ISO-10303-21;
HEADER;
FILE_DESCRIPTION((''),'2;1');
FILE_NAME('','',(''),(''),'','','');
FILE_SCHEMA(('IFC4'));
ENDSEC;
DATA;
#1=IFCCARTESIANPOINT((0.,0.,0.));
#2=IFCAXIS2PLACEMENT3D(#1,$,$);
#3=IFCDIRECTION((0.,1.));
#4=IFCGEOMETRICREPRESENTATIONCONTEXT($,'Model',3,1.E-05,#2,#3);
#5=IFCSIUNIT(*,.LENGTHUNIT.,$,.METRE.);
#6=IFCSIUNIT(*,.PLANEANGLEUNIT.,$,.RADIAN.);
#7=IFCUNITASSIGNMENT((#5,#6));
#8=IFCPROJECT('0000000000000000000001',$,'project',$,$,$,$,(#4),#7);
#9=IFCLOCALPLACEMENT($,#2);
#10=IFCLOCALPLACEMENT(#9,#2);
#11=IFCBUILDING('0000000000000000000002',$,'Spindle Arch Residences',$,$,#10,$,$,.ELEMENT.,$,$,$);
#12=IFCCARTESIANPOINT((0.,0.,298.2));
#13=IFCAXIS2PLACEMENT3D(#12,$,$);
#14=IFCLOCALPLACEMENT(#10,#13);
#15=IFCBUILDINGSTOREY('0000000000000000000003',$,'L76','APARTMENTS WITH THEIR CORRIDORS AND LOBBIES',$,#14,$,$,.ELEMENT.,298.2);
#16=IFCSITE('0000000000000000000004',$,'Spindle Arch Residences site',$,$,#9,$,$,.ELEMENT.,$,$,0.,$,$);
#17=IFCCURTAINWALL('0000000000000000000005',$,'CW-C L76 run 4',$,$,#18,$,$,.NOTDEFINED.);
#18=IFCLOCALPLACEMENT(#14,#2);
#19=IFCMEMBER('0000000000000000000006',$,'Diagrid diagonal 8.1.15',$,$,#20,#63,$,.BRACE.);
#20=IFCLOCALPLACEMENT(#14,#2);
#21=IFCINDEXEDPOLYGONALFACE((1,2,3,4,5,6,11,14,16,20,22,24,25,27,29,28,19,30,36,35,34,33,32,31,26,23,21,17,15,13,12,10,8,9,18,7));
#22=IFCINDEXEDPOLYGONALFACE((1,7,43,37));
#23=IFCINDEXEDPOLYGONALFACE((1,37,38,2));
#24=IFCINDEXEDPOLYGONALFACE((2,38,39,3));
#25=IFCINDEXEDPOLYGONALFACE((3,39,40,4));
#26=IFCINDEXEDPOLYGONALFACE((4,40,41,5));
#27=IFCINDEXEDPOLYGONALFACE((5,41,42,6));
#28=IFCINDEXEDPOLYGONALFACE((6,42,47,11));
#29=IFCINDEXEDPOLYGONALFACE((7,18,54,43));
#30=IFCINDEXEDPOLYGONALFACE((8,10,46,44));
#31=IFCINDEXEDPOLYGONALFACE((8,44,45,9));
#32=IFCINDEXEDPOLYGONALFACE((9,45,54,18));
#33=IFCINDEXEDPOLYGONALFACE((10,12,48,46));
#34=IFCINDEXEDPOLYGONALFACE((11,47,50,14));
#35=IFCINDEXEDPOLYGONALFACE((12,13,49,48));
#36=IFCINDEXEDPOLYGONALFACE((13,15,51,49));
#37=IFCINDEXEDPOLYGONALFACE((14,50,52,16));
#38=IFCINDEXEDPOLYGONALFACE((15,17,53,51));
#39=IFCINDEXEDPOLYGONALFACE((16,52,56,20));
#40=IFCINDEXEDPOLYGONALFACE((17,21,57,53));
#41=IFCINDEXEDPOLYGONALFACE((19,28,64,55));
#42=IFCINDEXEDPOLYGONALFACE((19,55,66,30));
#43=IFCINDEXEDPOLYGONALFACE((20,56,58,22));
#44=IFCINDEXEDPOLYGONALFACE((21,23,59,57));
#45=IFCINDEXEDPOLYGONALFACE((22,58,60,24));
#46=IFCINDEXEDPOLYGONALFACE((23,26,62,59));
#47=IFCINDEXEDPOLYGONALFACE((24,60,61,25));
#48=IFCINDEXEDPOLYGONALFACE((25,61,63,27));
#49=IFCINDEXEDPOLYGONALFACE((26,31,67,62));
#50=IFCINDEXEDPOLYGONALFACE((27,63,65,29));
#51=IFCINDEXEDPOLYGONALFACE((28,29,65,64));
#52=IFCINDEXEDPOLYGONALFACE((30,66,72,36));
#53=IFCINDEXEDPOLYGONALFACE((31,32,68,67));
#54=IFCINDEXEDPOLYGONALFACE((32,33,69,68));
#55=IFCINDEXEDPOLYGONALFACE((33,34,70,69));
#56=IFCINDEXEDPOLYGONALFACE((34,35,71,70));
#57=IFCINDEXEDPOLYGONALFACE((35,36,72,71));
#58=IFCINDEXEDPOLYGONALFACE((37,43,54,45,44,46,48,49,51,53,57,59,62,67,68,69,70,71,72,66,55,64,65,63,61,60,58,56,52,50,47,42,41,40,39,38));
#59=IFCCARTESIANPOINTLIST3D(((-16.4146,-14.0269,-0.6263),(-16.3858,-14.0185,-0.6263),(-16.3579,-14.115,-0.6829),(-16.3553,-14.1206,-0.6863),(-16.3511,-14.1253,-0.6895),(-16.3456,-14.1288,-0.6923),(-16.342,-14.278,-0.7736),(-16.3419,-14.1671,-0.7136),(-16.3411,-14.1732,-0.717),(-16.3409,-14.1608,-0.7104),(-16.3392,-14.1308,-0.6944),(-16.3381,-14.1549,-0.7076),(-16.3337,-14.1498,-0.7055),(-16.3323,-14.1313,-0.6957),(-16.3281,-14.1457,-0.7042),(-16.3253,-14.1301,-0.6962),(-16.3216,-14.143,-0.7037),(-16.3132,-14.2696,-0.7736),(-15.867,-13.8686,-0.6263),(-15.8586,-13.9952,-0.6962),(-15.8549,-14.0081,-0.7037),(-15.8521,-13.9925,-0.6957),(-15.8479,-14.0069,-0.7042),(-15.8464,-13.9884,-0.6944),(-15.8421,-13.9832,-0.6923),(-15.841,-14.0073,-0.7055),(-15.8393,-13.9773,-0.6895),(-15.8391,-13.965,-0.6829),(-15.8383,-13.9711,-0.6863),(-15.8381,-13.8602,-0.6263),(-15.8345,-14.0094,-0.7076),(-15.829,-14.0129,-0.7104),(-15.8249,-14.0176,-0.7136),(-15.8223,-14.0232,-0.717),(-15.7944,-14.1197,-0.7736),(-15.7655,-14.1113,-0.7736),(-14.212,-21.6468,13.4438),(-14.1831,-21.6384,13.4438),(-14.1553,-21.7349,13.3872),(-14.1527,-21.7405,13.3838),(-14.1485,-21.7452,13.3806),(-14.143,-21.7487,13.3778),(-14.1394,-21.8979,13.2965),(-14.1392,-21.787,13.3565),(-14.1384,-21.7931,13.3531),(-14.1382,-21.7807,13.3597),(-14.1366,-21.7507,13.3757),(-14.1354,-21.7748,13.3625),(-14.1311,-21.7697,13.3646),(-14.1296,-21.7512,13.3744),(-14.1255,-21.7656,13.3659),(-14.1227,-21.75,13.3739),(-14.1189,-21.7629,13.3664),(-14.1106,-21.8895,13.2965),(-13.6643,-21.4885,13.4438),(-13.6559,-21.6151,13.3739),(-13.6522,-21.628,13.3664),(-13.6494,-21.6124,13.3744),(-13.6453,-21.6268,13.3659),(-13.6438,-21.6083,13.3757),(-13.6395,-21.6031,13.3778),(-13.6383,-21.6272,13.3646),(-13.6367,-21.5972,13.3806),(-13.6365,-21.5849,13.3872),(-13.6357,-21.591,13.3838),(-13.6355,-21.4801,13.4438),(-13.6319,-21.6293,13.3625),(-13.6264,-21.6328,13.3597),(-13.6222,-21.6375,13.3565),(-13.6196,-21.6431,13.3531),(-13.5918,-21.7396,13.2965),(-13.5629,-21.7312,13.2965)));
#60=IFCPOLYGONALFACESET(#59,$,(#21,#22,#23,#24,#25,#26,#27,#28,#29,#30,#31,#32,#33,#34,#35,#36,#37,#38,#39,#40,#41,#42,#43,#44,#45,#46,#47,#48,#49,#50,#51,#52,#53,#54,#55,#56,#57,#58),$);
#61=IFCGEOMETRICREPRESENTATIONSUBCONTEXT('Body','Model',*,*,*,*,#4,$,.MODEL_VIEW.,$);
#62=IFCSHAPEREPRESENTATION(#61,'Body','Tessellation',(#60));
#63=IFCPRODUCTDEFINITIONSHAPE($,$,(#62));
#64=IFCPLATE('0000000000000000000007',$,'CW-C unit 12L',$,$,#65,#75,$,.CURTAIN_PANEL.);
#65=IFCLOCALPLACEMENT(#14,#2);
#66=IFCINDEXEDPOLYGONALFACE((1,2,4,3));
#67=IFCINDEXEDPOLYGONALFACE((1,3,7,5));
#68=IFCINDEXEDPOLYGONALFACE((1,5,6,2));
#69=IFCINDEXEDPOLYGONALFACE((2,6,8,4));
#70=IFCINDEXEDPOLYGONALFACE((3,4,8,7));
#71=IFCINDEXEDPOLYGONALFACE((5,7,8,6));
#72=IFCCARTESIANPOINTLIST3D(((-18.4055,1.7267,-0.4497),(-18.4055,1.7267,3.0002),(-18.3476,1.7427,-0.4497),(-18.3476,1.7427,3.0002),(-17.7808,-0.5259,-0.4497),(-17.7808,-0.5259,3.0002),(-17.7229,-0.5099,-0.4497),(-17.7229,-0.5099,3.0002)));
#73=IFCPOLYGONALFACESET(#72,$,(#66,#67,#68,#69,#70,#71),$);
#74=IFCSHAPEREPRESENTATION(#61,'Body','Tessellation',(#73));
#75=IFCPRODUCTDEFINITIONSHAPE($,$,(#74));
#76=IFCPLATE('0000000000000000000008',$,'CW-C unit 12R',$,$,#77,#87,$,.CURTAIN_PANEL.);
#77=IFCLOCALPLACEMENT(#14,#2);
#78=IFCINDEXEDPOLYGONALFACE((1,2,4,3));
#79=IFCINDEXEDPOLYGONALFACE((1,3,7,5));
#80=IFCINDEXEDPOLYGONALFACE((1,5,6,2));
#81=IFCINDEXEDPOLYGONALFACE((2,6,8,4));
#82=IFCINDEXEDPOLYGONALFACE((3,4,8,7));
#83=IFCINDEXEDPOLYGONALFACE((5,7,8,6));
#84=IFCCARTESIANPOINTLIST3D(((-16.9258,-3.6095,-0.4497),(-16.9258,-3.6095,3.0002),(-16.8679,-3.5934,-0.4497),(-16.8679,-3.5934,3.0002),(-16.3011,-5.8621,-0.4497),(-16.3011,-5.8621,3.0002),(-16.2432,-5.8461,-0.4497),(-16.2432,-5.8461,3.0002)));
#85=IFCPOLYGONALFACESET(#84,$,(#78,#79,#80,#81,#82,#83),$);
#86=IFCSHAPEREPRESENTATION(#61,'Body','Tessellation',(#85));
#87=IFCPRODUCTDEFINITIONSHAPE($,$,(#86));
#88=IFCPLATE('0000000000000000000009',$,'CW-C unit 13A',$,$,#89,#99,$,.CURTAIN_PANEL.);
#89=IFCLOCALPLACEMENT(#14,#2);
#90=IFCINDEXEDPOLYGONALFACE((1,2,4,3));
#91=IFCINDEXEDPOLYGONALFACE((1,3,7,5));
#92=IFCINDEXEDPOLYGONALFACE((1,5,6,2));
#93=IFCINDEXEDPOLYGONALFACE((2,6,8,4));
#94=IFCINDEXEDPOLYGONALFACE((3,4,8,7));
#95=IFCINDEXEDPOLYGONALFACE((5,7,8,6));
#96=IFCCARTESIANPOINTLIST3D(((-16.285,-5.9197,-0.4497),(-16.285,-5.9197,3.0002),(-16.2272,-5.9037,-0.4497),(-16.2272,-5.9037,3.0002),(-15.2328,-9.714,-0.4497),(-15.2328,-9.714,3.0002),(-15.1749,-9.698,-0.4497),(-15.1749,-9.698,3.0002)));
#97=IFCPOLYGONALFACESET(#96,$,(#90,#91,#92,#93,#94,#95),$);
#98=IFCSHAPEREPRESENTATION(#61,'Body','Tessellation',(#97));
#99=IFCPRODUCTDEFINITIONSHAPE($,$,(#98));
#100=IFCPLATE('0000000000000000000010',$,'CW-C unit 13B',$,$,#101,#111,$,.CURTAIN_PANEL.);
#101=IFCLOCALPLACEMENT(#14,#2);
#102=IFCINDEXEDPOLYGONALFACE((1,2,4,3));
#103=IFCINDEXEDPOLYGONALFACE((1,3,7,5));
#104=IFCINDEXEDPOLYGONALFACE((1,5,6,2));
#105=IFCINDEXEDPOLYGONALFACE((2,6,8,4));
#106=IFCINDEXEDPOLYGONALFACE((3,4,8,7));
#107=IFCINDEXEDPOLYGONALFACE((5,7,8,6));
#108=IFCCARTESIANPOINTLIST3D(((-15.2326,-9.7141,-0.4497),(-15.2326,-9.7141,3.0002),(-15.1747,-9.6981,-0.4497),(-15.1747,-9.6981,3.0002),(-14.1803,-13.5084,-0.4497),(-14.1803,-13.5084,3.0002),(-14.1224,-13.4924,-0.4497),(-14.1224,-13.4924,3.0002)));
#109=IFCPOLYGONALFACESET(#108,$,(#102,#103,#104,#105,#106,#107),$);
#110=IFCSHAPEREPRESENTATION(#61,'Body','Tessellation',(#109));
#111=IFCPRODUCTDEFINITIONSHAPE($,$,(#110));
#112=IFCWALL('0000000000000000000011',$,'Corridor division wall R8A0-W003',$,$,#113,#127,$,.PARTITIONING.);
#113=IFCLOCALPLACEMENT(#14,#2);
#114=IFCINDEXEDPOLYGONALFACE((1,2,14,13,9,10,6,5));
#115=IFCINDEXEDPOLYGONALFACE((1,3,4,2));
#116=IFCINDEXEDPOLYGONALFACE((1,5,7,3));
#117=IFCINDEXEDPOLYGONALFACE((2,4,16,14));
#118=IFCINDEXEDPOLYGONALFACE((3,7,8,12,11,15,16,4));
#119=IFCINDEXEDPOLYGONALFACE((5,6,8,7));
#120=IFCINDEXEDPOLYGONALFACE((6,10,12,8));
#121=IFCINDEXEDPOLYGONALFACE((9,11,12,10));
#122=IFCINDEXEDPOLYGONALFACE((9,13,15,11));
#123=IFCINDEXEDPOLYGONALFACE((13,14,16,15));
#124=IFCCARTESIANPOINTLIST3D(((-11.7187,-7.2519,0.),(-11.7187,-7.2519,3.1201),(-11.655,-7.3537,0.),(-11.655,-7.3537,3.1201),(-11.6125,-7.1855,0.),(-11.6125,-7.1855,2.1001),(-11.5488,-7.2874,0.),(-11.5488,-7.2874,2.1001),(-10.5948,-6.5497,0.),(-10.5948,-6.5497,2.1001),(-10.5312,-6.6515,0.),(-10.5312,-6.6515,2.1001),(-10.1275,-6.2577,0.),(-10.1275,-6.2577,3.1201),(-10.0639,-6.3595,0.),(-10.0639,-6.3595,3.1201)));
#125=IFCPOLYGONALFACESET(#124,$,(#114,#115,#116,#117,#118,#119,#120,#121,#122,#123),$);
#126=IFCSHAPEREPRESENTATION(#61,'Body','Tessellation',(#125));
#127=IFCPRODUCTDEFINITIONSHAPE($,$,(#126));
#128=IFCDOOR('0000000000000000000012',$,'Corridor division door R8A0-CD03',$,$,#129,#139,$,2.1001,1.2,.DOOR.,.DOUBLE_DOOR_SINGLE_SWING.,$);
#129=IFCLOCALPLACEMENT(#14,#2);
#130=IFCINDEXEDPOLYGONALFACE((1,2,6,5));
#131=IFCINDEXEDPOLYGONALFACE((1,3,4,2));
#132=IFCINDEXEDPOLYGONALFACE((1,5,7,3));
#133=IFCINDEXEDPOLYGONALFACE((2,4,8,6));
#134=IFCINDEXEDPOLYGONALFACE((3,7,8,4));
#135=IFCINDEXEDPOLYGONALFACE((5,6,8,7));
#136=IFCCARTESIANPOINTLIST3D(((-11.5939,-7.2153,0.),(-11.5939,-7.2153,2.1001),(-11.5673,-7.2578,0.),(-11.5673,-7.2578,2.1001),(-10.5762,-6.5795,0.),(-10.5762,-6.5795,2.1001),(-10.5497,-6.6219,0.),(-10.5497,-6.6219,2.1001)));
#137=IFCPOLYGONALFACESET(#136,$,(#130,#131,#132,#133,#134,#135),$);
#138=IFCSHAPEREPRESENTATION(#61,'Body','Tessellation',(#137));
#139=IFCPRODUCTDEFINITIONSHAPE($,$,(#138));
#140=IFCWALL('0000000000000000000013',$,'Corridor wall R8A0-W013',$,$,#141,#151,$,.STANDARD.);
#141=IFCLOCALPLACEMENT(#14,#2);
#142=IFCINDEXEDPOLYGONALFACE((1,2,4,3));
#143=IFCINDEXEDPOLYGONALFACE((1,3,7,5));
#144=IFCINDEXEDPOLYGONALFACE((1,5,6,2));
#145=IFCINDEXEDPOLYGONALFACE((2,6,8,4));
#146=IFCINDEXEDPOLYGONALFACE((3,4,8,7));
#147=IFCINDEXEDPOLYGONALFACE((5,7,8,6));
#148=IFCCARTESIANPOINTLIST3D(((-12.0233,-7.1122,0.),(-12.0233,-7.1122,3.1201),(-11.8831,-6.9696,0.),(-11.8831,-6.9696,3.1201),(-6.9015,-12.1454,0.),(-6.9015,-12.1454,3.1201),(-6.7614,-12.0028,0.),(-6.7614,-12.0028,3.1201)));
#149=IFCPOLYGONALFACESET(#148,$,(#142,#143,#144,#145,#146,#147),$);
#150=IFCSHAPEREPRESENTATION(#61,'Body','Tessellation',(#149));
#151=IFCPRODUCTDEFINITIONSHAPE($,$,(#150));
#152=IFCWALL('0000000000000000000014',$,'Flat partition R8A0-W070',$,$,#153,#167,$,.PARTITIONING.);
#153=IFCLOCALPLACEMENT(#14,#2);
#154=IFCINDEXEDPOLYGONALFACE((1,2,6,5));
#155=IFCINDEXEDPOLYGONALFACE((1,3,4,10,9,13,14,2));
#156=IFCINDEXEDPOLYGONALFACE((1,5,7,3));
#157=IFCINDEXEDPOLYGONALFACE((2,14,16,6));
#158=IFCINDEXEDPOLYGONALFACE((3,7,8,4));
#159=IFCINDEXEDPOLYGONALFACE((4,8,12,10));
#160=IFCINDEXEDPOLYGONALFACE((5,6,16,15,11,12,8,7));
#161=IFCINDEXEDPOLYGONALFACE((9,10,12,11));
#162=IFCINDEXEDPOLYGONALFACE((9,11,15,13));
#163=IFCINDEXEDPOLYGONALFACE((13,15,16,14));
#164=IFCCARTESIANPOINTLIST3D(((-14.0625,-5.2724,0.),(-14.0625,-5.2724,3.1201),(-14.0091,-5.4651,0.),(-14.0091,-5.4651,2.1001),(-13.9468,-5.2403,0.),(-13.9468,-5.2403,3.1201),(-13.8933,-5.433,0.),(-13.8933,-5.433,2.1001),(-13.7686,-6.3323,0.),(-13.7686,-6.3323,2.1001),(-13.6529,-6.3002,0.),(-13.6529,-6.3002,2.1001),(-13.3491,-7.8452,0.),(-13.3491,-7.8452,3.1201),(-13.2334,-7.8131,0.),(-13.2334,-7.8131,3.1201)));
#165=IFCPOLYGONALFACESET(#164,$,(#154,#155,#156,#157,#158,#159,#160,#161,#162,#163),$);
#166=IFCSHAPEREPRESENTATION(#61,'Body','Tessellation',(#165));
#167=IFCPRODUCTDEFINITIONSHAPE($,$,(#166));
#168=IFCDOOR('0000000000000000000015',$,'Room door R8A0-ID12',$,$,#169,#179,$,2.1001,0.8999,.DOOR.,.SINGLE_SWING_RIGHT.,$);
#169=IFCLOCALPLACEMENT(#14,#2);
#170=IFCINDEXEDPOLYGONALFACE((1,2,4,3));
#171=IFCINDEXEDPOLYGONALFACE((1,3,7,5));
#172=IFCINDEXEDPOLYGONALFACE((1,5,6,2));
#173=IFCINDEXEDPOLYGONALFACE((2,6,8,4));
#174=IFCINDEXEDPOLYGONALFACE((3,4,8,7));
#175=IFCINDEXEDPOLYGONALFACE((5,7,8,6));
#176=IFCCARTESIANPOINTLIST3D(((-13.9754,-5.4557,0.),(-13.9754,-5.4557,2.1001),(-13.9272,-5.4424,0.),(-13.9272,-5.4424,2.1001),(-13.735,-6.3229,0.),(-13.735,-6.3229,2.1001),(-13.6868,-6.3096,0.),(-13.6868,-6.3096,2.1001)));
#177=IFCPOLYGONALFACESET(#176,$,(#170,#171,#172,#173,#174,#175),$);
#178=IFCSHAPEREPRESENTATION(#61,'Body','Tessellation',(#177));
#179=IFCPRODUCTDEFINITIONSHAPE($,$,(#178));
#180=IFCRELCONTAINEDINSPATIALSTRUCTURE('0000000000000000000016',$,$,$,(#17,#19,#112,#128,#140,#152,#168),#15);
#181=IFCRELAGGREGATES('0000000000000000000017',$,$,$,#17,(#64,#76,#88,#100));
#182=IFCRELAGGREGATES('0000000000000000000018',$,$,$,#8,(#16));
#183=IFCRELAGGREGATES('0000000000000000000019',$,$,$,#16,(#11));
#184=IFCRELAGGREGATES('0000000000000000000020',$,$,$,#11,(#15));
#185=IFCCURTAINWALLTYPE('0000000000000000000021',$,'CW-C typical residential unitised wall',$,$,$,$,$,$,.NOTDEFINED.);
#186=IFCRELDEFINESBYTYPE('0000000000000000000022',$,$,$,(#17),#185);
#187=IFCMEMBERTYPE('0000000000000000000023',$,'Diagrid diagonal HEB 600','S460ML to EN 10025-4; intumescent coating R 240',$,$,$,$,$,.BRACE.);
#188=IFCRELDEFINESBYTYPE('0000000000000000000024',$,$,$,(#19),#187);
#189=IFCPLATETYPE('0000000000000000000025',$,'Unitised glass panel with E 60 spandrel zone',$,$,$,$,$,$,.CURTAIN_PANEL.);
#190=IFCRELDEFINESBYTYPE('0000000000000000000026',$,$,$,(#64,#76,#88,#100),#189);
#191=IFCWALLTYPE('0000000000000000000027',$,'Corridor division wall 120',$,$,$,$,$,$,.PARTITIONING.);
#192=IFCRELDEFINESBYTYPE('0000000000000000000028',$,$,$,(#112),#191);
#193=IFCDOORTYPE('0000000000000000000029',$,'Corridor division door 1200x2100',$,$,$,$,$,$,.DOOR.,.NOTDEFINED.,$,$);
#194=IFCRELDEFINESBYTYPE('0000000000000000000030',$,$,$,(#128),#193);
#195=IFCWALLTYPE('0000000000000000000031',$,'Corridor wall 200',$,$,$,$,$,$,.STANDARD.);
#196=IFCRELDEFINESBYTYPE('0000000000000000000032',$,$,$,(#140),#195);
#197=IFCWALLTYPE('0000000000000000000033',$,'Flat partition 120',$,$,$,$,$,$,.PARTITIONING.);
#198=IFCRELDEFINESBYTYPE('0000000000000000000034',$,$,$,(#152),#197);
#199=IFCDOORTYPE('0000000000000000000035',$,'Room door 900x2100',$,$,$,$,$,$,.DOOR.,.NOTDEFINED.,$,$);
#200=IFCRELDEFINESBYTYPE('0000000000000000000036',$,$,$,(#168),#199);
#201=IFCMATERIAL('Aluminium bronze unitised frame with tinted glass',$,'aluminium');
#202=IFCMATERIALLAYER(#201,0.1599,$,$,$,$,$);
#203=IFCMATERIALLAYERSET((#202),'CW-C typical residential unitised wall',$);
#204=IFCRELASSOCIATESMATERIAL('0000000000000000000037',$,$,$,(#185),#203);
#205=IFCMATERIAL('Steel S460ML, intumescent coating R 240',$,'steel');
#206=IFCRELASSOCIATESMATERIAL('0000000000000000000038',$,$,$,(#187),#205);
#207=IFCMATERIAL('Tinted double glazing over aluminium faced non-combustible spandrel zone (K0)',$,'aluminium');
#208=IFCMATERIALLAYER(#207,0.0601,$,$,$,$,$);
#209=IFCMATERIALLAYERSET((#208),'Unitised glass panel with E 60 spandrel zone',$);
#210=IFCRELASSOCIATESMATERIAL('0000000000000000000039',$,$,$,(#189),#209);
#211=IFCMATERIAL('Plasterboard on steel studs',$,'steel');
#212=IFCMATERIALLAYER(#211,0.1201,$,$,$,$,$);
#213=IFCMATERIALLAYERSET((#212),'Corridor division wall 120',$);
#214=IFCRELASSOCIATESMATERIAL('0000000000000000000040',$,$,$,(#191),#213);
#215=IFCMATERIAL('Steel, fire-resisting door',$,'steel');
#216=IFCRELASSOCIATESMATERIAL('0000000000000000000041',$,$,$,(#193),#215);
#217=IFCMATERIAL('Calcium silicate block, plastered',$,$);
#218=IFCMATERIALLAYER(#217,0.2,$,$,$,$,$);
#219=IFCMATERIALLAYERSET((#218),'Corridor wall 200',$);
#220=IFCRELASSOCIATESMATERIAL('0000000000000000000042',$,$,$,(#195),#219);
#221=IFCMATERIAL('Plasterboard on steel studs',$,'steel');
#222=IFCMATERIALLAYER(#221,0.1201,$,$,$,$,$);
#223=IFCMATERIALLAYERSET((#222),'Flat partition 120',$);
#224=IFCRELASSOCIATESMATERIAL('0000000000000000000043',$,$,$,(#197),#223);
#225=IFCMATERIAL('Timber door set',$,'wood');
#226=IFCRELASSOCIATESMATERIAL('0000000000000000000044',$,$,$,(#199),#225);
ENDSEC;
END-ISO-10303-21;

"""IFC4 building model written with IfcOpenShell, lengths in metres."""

from ifc_helpers import new_model, si_unit, direction, frame, frame_2d, origin, origin_2d, place, context, subcontext, project, spatial, rectangle, i_section, extrude, material, layer, layer_set, material_profile, profile_set, type_object, element, fill, aggregate, save


model = new_model("IFC4")

# Units and contexts
model_context = context("Model", 3, precision=1e-05, world=origin(), true_north=direction((0.0, 1.0)))
body_context = subcontext(model_context, "Body", "Model", "MODEL_VIEW")
ifc_project = project(units=[si_unit("LENGTHUNIT", "METRE"), si_unit("PLANEANGLEUNIT", "RADIAN")], contexts=[model_context])

# Site, building, storey
site_placement = place(None, origin())
site = spatial("IfcSite", under=ifc_project, at=site_placement, Name="Spindle Arch Residences site", CompositionType="ELEMENT", RefElevation=0.0)
building_placement = place(site_placement, origin())
building = spatial("IfcBuilding", under=site, at=building_placement, Name="Spindle Arch Residences", CompositionType="ELEMENT")
storey_placement = place(building_placement, frame((0.0, 0.0, 298.2)))
storey = spatial("IfcBuildingStorey", under=building, at=storey_placement, Name="L76", Description="APARTMENTS WITH THEIR CORRIDORS AND LOBBIES", CompositionType="ELEMENT", Elevation=298.2)

# Curtain wall
ifc_material_1 = material(Name="Aluminium bronze unitised frame with tinted glass", Category="aluminium")
ifc_layer_1 = layer(ifc_material_1, 0.1599)
ifc_layer_set_1 = layer_set([ifc_layer_1], Name="CW-C typical residential unitised wall")
curtain_wall_type_1 = type_object("IfcCurtainWallType", Name="CW-C typical residential unitised wall", PredefinedType="NOTDEFINED", material=ifc_layer_set_1)
curtain_wall_1_placement = place(storey_placement, origin())
curtain_wall_1 = element("IfcCurtainWall", 1, at=curtain_wall_1_placement, inside=storey, type_object=curtain_wall_type_1, Name="CW-C L76 run 4", PredefinedType="NOTDEFINED")

# Member
ifc_material_2 = material(Name="Steel S460ML, intumescent coating R 240", Category="steel")
ifc_material_profile_1 = material_profile(ifc_material_2, i_section(OverallWidth=0.3, OverallDepth=0.6001, WebThickness=0.0154, FlangeThickness=0.03, FilletRadius=0.0271, at=origin_2d()), Name="HEB 600")
ifc_profile_set_1 = profile_set([ifc_material_profile_1], Name="Steel S460ML, intumescent coating R 240")
member_type_1 = type_object("IfcMemberType", Name="Diagrid diagonal HEB 600", Description="S460ML to EN 10025-4; intumescent coating R 240", PredefinedType="BRACE", material=ifc_profile_set_1)
member_1_placement = place(storey_placement, frame((-16.0901, -14.0691, -0.7), z_axis=(0.136371, -0.471766, 0.871114), x_axis=(-0.241905, 0.836852, 0.491081)))
element("IfcMember", 2, at=member_1_placement, inside=storey, type_object=member_type_1, Name="Diagrid diagonal 8.1.15", PredefinedType="BRACE", context=body_context, shape_type="SweptSolid", body=[
    extrude(i_section(OverallWidth=0.3, OverallDepth=0.6001, WebThickness=0.0154, FlangeThickness=0.03, FilletRadius=0.0271, at=origin_2d()), origin(), (0.0, 0.0, 1.0), 16.1519),
])

# Plates
ifc_material_3 = material(Name="Tinted double glazing over aluminium faced non-combustible spandrel zone (K0)", Category="aluminium")
ifc_layer_2 = layer(ifc_material_3, 0.0601)
ifc_layer_set_2 = layer_set([ifc_layer_2], Name="Unitised glass panel with E 60 spandrel zone")
plate_type = type_object("IfcPlateType", Name="Unitised glass panel with E 60 spandrel zone", PredefinedType="CURTAIN_PANEL", material=ifc_layer_set_2)
plate_1_placement = place(storey_placement, frame((-18.0642, 0.6084, -0.4497), z_axis=(0.0, 0.0, 1.0), x_axis=(0.267238, -0.96363, 0.0)))
plate_1 = element("IfcPlate", 3, at=plate_1_placement, type_object=plate_type, Name="CW-C unit 12L", PredefinedType="CURTAIN_PANEL", context=body_context, shape_type="SweptSolid", body=[
    extrude(rectangle(XDim=2.3376, YDim=0.0601, at=origin_2d()), origin(), (0.0, 0.0, 1.0), 3.45),
])
plate_2_placement = place(storey_placement, frame((-16.5845, -4.7278, -0.4497), z_axis=(0.0, 0.0, 1.0), x_axis=(0.267238, -0.96363, 0.0)))
plate_2 = element("IfcPlate", 4, at=plate_2_placement, type_object=plate_type, Name="CW-C unit 12R", PredefinedType="CURTAIN_PANEL", context=body_context, shape_type="SweptSolid", body=[
    extrude(rectangle(XDim=2.3376, YDim=0.0601, at=origin_2d()), origin(), (0.0, 0.0, 1.0), 3.45),
])
plate_3_placement = place(storey_placement, frame((-15.73, -7.8088, -0.4497), z_axis=(0.0, 0.0, 1.0), x_axis=(0.267238, -0.96363, 0.0)))
plate_3 = element("IfcPlate", 5, at=plate_3_placement, type_object=plate_type, Name="CW-C unit 13A", PredefinedType="CURTAIN_PANEL", context=body_context, shape_type="SweptSolid", body=[
    extrude(rectangle(XDim=3.9375, YDim=0.0601, at=origin_2d()), origin(), (0.0, 0.0, 1.0), 3.45),
])
plate_4_placement = place(storey_placement, frame((-14.6775, -11.6033, -0.4497), z_axis=(0.0, 0.0, 1.0), x_axis=(0.267238, -0.96363, 0.0)))
plate_4 = element("IfcPlate", 6, at=plate_4_placement, type_object=plate_type, Name="CW-C unit 13B", PredefinedType="CURTAIN_PANEL", context=body_context, shape_type="SweptSolid", body=[
    extrude(rectangle(XDim=3.9375, YDim=0.0601, at=origin_2d()), origin(), (0.0, 0.0, 1.0), 3.45),
])
aggregate(curtain_wall_1, [plate_1, plate_2, plate_3, plate_4])

# Wall, opening, door
ifc_material_4 = material(Name="Plasterboard on steel studs", Category="steel")
ifc_layer_3 = layer(ifc_material_4, 0.1201)
ifc_layer_set_3 = layer_set([ifc_layer_3], Name="Corridor division wall 120")
wall_type_1 = type_object("IfcWallType", Name="Corridor division wall 120", PredefinedType="PARTITIONING", material=ifc_layer_set_3)
wall_1_placement = place(storey_placement, frame((-11.6868, -7.3027, 0.0), z_axis=(0.0, 0.0, 1.0), x_axis=(0.848064, 0.529894, 0.0)))
wall_1 = element("IfcWall", 7, at=wall_1_placement, inside=storey, type_object=wall_type_1, Name="Corridor division wall R8A0-W003", PredefinedType="PARTITIONING", context=body_context, shape_type="SweptSolid", body=[
    extrude(rectangle(XDim=1.8762, YDim=0.1201, at=frame_2d((0.938, 0.0))), origin(), (0.0, 0.0, 1.0), 3.1201),
])
opening_1_placement = place(wall_1_placement, frame((0.125, 0.0, 0.0)))
opening_1 = element("IfcOpeningElement", 8, at=opening_1_placement, cuts=wall_1, PredefinedType="OPENING", context=body_context, shape_type="SweptSolid", body=[
    extrude(rectangle(XDim=1.2, YDim=2.1001, at=frame_2d((0.6001, 1.05))), frame((0.0, 0.0701, 0.0), z_axis=(0.0, -1.0, 0.0), x_axis=(1.0, 0.0, 0.0)), (0.0, 0.0, 1.0), 0.1401),
])
ifc_material_5 = material(Name="Steel, fire-resisting door", Category="steel")
door_type_1 = type_object("IfcDoorType", Name="Corridor division door 1200x2100", OperationType="NOTDEFINED", PredefinedType="DOOR", material=ifc_material_5)
door_1_placement = place(opening_1_placement, origin())
door_1 = element("IfcDoor", 9, at=door_1_placement, inside=storey, type_object=door_type_1, Name="Corridor division door R8A0-CD03", OperationType="DOUBLE_DOOR_SINGLE_SWING", OverallHeight=2.1001, OverallWidth=1.2, PredefinedType="DOOR", context=body_context, shape_type="SweptSolid", body=[
    extrude(rectangle(XDim=1.2, YDim=2.1001, at=frame_2d((0.6001, 1.05))), frame((0.0, 0.0249, 0.0), z_axis=(0.0, -1.0, 0.0), x_axis=(1.0, 0.0, 0.0)), (0.0, 0.0, 1.0), 0.05),
])
fill(opening_1, door_1)

# Wall
ifc_material_6 = material(Name="Calcium silicate block, plastered")
ifc_layer_4 = layer(ifc_material_6, 0.2)
ifc_layer_set_4 = layer_set([ifc_layer_4], Name="Corridor wall 200")
wall_type_2 = type_object("IfcWallType", Name="Corridor wall 200", PredefinedType="STANDARD", material=ifc_layer_set_4)
wall_2_placement = place(storey_placement, frame((-11.9531, -7.041, 0.0), z_axis=(0.0, 0.0, 1.0), x_axis=(0.713251, -0.700909, 0.0)))
element("IfcWall", 10, at=wall_2_placement, inside=storey, type_object=wall_type_2, Name="Corridor wall R8A0-W013", PredefinedType="STANDARD", context=body_context, shape_type="SweptSolid", body=[
    extrude(rectangle(XDim=7.1809, YDim=0.2, at=frame_2d((3.5903, 0.0))), origin(), (0.0, 0.0, 1.0), 3.1201),
])

# Wall, opening, door
ifc_material_7 = material(Name="Plasterboard on steel studs", Category="steel")
ifc_layer_5 = layer(ifc_material_7, 0.1201)
ifc_layer_set_5 = layer_set([ifc_layer_5], Name="Flat partition 120")
wall_type_3 = type_object("IfcWallType", Name="Flat partition 120", PredefinedType="PARTITIONING", material=ifc_layer_set_5)
wall_3_placement = place(storey_placement, frame((-14.0046, -5.2563, 0.0), z_axis=(0.0, 0.0, 1.0), x_axis=(0.267201, -0.963641, 0.0)))
wall_3 = element("IfcWall", 11, at=wall_3_placement, inside=storey, type_object=wall_type_3, Name="Flat partition R8A0-W070", PredefinedType="PARTITIONING", context=body_context, shape_type="SweptSolid", body=[
    extrude(rectangle(XDim=2.6699, YDim=0.1201, at=frame_2d((1.335, 0.0))), origin(), (0.0, 0.0, 1.0), 3.1201),
])
opening_2_placement = place(wall_3_placement, frame((0.2, 0.0, 0.0)))
opening_2 = element("IfcOpeningElement", 12, at=opening_2_placement, cuts=wall_3, PredefinedType="OPENING", context=body_context, shape_type="SweptSolid", body=[
    extrude(rectangle(XDim=0.8999, YDim=2.1001, at=frame_2d((0.45, 1.05))), frame((0.0, 0.0701, 0.0), z_axis=(0.0, -1.0, 0.0), x_axis=(1.0, 0.0, 0.0)), (0.0, 0.0, 1.0), 0.1401),
])
ifc_material_8 = material(Name="Timber door set", Category="wood")
door_type_2 = type_object("IfcDoorType", Name="Room door 900x2100", OperationType="NOTDEFINED", PredefinedType="DOOR", material=ifc_material_8)
door_2_placement = place(opening_2_placement, origin())
door_2 = element("IfcDoor", 13, at=door_2_placement, inside=storey, type_object=door_type_2, Name="Room door R8A0-ID12", OperationType="SINGLE_SWING_RIGHT", OverallHeight=2.1001, OverallWidth=0.8999, PredefinedType="DOOR", context=body_context, shape_type="SweptSolid", body=[
    extrude(rectangle(XDim=0.8999, YDim=2.1001, at=frame_2d((0.45, 1.05))), frame((0.0, 0.0249, 0.0), z_axis=(0.0, -1.0, 0.0), x_axis=(1.0, 0.0, 0.0)), (0.0, 0.0, 1.0), 0.05),
])
fill(opening_2, door_2)

save(model, "model.ifc")
